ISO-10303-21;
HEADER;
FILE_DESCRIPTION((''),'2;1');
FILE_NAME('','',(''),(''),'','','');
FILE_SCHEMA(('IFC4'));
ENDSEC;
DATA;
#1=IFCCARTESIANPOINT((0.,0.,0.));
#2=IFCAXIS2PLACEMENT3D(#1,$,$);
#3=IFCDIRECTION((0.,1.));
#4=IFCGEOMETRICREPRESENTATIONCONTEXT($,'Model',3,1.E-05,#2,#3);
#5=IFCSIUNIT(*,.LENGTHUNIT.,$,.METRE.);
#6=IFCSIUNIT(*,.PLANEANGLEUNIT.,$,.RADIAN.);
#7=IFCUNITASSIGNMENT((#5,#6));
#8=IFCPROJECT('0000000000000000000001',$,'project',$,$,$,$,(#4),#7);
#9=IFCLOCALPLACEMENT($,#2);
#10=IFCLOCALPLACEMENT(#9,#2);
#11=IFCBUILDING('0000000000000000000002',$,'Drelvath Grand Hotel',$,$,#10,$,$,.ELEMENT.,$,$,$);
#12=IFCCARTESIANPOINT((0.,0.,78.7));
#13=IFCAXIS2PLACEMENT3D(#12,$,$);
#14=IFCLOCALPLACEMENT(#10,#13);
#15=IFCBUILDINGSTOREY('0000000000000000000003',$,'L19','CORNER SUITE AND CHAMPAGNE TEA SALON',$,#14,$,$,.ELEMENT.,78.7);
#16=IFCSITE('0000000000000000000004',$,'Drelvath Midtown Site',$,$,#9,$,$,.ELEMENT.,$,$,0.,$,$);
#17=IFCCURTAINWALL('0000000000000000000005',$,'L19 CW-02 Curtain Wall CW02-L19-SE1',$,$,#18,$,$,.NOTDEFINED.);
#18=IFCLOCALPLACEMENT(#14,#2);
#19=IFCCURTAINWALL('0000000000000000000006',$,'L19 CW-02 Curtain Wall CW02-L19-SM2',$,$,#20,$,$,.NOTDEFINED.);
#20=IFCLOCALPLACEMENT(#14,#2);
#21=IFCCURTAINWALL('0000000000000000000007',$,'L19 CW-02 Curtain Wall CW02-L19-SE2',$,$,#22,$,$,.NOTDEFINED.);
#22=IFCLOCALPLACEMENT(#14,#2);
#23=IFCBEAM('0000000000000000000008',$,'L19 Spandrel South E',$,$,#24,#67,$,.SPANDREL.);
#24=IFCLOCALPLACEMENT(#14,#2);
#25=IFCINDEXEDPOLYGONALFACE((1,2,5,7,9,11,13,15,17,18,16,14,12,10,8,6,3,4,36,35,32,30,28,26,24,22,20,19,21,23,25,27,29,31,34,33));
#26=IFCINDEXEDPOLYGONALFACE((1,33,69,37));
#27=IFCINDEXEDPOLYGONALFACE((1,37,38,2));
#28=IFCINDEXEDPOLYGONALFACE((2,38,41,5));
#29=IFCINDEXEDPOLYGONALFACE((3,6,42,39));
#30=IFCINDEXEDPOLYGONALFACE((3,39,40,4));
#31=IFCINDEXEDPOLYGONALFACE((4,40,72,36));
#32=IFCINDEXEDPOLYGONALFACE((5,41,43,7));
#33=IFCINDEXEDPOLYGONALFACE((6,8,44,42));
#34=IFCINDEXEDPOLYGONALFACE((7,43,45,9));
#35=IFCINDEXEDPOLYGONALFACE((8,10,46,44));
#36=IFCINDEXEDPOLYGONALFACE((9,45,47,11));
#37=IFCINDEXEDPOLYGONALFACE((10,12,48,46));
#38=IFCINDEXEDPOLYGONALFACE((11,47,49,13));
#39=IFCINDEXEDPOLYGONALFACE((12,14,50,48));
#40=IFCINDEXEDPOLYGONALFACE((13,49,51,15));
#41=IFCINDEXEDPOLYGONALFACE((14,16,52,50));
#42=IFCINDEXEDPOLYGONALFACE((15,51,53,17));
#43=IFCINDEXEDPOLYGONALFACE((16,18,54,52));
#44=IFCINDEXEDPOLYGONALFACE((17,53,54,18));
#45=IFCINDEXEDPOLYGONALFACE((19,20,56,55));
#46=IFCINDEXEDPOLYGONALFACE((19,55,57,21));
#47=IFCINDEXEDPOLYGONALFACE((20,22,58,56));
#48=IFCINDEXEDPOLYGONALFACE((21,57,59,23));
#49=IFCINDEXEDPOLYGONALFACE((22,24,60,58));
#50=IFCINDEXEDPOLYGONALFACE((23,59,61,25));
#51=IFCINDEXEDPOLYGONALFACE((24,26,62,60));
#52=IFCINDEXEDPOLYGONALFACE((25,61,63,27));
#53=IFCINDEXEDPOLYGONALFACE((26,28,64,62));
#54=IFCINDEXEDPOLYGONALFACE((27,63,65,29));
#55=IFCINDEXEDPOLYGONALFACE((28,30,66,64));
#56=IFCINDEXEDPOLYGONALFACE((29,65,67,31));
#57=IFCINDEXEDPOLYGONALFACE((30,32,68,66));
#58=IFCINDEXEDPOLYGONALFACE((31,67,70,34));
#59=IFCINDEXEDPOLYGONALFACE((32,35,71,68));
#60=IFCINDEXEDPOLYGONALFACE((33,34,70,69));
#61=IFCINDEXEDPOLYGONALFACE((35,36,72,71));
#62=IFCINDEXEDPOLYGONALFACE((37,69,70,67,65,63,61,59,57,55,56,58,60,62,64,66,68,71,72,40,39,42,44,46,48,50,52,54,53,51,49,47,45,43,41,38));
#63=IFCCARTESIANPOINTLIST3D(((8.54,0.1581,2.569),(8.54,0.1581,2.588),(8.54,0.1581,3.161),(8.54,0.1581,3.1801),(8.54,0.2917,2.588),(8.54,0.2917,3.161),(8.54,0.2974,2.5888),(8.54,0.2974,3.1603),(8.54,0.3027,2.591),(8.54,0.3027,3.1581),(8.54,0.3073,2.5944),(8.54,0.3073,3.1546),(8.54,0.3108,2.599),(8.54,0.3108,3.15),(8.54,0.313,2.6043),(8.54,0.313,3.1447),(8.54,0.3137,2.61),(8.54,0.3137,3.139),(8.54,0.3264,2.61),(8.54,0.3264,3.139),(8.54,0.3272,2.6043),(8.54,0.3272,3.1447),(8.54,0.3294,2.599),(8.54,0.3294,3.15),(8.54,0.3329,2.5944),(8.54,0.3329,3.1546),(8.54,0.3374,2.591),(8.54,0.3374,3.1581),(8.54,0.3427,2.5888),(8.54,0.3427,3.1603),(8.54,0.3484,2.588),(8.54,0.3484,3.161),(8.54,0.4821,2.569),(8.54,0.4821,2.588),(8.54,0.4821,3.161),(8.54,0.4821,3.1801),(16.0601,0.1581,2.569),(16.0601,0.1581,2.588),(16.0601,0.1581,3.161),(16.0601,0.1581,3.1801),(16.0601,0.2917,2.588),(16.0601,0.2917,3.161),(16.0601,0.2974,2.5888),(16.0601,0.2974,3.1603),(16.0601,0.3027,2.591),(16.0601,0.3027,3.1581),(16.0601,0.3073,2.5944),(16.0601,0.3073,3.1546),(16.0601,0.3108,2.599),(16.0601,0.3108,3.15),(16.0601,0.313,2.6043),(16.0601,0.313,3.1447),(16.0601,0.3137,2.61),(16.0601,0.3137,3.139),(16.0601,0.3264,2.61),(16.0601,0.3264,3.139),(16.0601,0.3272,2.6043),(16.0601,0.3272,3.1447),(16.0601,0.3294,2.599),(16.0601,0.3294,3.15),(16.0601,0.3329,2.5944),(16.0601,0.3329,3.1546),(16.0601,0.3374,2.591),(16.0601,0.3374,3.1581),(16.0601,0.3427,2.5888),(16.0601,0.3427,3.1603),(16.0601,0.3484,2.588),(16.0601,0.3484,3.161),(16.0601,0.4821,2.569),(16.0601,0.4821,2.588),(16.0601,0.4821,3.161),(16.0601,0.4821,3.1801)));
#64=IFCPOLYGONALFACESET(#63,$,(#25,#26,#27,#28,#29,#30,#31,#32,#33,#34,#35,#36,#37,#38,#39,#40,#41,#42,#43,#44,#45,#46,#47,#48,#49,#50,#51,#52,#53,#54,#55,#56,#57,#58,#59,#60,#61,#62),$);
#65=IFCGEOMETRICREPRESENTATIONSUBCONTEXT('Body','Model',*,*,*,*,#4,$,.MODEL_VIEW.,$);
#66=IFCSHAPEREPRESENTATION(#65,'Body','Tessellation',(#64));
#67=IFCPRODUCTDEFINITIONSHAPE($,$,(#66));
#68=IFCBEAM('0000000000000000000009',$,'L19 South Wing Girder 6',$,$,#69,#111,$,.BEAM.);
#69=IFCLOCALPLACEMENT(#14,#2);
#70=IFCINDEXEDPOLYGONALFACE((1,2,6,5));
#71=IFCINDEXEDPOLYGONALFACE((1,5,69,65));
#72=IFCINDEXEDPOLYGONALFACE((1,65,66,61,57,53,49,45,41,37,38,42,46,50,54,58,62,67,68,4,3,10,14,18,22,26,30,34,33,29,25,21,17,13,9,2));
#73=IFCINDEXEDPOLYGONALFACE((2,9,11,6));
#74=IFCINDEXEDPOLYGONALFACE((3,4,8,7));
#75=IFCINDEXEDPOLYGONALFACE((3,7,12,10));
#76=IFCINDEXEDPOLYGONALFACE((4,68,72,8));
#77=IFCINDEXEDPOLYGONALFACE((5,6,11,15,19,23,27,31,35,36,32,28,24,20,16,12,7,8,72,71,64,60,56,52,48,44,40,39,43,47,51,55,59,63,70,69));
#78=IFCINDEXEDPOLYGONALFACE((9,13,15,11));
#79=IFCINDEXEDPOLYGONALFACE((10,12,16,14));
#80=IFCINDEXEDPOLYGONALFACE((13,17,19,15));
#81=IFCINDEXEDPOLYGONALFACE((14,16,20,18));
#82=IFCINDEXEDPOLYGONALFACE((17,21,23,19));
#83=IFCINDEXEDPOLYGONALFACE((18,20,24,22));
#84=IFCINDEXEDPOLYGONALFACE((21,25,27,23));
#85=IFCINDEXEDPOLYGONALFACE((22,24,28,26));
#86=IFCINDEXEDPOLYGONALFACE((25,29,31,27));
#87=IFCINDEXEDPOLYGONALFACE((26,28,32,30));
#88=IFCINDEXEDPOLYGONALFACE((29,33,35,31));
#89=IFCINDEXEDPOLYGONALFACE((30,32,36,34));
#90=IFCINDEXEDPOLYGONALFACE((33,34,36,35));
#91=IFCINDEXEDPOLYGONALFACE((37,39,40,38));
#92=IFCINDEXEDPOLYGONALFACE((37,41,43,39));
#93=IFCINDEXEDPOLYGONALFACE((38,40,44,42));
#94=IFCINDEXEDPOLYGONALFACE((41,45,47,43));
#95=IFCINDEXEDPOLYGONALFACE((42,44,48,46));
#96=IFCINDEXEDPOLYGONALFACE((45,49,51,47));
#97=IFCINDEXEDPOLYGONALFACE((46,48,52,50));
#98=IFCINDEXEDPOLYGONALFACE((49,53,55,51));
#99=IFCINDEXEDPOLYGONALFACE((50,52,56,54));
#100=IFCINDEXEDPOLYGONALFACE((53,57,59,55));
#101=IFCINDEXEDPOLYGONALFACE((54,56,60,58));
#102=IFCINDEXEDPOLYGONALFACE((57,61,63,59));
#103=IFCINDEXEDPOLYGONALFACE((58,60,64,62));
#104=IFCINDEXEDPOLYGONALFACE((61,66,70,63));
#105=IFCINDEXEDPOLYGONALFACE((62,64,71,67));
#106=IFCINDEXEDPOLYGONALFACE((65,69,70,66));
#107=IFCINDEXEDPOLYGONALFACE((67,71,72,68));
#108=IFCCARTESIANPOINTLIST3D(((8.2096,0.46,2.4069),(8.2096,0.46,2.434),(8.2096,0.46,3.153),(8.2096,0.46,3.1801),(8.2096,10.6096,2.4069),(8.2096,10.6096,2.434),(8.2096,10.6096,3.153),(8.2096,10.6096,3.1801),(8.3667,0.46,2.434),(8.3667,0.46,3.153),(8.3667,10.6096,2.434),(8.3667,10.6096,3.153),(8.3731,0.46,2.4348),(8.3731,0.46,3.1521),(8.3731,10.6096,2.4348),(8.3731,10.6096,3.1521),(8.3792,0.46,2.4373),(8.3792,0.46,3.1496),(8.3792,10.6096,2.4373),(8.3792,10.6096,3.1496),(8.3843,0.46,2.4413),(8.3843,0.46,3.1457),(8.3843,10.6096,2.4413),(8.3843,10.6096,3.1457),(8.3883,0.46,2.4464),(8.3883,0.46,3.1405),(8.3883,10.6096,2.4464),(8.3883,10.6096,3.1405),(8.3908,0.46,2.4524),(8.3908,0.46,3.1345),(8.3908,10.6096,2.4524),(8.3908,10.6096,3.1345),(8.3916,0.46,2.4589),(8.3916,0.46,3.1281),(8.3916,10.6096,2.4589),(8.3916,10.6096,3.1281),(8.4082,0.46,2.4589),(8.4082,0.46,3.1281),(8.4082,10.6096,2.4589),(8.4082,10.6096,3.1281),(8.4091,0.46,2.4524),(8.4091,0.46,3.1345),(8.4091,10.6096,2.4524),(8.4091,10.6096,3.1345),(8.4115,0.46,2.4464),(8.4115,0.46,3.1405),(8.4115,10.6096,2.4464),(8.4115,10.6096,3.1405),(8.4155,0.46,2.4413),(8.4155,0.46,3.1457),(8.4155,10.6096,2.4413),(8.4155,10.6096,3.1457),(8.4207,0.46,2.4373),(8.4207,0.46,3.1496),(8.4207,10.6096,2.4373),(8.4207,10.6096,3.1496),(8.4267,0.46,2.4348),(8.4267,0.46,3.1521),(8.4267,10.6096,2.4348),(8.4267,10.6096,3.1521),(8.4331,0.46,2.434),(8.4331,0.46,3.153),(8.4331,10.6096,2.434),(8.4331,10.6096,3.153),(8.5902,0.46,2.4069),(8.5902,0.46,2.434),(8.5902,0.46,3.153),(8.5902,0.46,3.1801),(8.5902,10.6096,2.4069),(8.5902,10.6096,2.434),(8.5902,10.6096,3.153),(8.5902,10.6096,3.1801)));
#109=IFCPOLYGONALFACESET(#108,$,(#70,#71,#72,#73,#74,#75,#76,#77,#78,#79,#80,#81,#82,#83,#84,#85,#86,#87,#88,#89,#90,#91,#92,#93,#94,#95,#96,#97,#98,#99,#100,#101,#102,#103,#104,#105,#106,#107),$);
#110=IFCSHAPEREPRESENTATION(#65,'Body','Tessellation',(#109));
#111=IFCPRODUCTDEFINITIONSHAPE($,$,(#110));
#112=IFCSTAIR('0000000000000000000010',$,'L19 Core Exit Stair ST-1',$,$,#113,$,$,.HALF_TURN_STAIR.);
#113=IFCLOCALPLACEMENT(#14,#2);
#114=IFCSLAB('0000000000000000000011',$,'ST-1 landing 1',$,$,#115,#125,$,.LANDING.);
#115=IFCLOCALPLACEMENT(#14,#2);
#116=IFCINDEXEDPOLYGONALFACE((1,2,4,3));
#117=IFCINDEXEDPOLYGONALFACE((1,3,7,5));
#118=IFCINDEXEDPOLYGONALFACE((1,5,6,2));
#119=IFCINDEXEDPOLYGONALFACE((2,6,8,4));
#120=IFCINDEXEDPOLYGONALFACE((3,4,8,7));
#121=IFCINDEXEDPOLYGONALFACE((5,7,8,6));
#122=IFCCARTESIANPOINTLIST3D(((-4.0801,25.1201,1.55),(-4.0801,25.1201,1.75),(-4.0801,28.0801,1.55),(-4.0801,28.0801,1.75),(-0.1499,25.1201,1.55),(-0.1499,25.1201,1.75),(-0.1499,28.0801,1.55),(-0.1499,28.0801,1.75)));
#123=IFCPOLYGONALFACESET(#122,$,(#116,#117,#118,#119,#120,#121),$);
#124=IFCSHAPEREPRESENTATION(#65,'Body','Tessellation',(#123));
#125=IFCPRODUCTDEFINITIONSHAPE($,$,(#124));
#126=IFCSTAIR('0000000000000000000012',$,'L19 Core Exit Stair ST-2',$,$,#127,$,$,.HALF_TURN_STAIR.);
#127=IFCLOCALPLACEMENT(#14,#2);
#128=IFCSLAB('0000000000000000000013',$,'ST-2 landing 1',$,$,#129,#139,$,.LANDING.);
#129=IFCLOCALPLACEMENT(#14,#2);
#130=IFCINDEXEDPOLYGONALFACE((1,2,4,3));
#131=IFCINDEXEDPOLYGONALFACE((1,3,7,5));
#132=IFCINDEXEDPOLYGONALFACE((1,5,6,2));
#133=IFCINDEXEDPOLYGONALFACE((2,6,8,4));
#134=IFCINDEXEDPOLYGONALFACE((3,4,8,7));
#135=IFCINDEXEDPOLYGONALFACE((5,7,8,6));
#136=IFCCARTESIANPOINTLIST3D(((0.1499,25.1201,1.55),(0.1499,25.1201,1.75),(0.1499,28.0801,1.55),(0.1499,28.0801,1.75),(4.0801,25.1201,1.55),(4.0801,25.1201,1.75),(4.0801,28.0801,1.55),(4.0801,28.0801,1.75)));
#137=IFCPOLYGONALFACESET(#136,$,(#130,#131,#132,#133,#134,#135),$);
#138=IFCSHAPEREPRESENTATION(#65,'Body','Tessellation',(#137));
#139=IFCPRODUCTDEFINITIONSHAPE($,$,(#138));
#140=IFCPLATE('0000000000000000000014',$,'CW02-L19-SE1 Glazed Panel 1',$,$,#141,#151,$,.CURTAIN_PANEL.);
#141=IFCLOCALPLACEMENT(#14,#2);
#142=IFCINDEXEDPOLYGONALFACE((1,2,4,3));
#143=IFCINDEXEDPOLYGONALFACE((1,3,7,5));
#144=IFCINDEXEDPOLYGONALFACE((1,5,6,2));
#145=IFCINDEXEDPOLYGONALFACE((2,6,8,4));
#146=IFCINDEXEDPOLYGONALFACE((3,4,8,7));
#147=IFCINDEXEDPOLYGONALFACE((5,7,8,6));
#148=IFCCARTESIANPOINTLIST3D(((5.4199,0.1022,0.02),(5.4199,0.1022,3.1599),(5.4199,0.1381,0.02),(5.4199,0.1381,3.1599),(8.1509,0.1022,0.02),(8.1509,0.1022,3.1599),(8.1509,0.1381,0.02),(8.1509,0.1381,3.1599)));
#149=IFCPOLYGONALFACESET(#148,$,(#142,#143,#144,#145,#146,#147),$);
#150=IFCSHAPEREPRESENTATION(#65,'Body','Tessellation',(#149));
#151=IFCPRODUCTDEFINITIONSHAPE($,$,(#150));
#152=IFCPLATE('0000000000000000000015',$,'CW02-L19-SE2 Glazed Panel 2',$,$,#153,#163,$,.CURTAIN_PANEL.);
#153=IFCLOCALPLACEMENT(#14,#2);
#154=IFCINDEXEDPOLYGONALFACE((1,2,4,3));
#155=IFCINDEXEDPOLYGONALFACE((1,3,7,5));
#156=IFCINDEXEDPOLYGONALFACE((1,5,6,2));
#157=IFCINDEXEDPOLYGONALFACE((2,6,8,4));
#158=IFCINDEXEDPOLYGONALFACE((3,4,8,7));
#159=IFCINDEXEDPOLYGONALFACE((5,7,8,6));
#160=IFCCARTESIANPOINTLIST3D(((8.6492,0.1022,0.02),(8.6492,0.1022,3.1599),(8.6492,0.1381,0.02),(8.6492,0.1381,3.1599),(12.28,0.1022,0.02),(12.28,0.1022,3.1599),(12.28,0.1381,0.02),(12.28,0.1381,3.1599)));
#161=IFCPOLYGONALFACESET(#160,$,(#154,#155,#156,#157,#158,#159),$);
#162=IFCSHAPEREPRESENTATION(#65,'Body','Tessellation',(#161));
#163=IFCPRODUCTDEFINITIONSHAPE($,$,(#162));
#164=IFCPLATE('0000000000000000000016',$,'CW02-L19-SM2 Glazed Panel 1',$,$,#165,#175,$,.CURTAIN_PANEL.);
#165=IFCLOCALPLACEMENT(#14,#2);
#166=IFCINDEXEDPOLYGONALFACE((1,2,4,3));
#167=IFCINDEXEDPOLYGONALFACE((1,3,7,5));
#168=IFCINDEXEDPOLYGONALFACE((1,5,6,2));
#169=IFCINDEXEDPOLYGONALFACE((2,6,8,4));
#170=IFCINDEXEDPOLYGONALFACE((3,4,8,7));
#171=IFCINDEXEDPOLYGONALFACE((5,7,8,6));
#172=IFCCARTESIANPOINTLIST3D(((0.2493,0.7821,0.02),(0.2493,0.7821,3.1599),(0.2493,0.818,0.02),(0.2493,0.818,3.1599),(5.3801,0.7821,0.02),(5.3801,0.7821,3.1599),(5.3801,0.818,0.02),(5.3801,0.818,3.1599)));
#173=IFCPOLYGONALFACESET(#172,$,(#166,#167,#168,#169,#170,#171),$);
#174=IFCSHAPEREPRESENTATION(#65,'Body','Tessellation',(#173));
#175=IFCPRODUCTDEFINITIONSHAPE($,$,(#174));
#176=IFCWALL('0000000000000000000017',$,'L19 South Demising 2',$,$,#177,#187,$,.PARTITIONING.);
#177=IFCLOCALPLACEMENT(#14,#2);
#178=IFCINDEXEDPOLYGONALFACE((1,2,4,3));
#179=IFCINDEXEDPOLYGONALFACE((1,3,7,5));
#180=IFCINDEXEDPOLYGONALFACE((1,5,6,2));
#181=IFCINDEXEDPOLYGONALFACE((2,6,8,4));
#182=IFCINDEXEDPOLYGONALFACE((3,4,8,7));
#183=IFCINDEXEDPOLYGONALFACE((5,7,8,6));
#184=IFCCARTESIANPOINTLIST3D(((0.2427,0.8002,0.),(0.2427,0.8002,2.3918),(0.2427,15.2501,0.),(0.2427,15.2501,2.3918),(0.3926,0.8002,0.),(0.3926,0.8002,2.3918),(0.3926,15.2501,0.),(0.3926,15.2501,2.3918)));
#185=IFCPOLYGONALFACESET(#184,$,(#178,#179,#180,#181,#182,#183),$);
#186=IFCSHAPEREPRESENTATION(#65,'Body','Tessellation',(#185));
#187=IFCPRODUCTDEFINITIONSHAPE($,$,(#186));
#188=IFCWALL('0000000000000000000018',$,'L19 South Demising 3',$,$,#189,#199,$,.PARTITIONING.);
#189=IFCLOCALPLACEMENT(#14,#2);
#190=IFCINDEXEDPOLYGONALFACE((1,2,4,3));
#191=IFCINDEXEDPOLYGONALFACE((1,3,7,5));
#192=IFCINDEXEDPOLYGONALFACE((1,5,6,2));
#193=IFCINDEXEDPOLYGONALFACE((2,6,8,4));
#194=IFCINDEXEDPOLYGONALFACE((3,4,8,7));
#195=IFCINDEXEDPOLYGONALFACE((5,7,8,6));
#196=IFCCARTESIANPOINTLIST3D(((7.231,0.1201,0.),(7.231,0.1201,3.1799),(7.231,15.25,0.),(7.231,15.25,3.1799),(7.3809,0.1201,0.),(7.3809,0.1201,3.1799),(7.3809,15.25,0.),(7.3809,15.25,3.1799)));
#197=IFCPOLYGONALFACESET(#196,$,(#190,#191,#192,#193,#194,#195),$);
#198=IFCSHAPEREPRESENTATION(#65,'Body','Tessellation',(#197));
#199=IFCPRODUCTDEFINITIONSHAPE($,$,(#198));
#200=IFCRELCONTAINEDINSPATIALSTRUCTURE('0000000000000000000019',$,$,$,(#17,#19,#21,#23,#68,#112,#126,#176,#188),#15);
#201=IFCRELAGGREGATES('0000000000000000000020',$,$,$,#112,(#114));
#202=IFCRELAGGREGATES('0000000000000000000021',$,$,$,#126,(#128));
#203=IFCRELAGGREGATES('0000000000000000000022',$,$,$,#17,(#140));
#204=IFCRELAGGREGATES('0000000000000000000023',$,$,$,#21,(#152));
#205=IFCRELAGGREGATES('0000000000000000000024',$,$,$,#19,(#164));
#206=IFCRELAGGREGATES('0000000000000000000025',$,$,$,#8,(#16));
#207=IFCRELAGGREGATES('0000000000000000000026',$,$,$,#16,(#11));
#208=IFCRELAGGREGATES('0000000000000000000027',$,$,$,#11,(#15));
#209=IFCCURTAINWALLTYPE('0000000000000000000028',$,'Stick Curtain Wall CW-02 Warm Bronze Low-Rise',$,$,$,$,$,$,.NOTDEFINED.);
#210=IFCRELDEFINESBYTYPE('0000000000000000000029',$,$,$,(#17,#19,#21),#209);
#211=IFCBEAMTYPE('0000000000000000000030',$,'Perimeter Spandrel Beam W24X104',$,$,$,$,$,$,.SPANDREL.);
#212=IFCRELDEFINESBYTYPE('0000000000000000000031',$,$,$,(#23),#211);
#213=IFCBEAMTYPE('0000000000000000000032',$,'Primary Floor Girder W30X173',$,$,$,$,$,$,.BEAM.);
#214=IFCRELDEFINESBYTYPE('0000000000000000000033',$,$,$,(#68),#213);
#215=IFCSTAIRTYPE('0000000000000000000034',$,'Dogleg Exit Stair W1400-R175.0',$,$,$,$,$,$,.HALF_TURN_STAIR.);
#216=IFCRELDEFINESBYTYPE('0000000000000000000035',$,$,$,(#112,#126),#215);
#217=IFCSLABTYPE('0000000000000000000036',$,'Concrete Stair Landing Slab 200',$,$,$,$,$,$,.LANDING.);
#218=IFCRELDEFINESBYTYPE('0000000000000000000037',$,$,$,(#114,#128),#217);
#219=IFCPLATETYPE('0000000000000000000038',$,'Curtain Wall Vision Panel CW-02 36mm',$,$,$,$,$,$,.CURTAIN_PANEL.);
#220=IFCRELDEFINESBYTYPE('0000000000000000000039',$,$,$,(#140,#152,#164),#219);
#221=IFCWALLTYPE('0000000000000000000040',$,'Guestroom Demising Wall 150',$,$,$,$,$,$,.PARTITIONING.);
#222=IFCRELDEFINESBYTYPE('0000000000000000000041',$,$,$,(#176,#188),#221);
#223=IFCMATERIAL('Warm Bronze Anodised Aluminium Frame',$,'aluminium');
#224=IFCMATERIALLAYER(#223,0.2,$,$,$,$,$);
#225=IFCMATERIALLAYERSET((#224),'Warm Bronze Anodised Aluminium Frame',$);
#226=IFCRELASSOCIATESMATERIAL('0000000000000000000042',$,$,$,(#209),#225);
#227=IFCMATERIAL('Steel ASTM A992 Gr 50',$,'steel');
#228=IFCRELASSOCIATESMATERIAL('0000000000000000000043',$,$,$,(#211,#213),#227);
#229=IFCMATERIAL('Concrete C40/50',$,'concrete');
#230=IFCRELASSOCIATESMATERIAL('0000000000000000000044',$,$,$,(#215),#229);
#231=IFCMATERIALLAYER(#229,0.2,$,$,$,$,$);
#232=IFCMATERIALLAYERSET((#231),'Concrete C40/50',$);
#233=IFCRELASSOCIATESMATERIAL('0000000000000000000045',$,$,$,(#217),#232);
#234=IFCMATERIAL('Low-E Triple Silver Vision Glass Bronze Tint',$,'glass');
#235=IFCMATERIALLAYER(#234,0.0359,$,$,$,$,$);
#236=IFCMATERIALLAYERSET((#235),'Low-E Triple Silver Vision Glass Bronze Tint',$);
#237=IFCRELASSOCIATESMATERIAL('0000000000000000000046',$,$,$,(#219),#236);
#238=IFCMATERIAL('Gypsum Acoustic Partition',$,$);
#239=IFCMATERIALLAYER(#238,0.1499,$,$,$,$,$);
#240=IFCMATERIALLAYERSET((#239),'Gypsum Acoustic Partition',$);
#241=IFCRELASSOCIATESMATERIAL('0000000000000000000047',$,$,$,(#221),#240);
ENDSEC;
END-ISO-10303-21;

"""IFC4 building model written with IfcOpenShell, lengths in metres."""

from ifc_helpers import new_model, si_unit, direction, frame, frame_2d, origin, origin_2d, place, context, subcontext, project, spatial, polyline, rectangle, i_section, outline, extrude, material, layer, layer_set, material_profile, profile_set, type_object, element, aggregate, save


model = new_model("IFC4")

# Units and contexts
model_context = context("Model", 3, precision=1e-05, world=origin(), true_north=direction((0.0, 1.0)))
body_context = subcontext(model_context, "Body", "Model", "MODEL_VIEW")
ifc_project = project(units=[si_unit("LENGTHUNIT", "METRE"), si_unit("PLANEANGLEUNIT", "RADIAN")], contexts=[model_context])

# Site, building, storey
site_placement = place(None, origin())
site = spatial("IfcSite", under=ifc_project, at=site_placement, Name="Drelvath Midtown Site", CompositionType="ELEMENT", RefElevation=0.0)
building_placement = place(site_placement, origin())
building = spatial("IfcBuilding", under=site, at=building_placement, Name="Drelvath Grand Hotel", CompositionType="ELEMENT")
storey_placement = place(building_placement, frame((0.0, 0.0, 78.7)))
storey = spatial("IfcBuildingStorey", under=building, at=storey_placement, Name="L19", Description="CORNER SUITE AND CHAMPAGNE TEA SALON", CompositionType="ELEMENT", Elevation=78.7)

# Curtain walls
ifc_material_1 = material(Name="Warm Bronze Anodised Aluminium Frame", Category="aluminium")
ifc_layer_1 = layer(ifc_material_1, 0.2)
ifc_layer_set_1 = layer_set([ifc_layer_1], Name="Warm Bronze Anodised Aluminium Frame")
curtain_wall_type = type_object("IfcCurtainWallType", Name="Stick Curtain Wall CW-02 Warm Bronze Low-Rise", PredefinedType="NOTDEFINED", material=ifc_layer_set_1)
curtain_wall_1_placement = place(storey_placement, origin())
curtain_wall_1 = element("IfcCurtainWall", 1, at=curtain_wall_1_placement, inside=storey, type_object=curtain_wall_type, Name="L19 CW-02 Curtain Wall CW02-L19-SE1", PredefinedType="NOTDEFINED")
curtain_wall_2_placement = place(storey_placement, origin())
curtain_wall_2 = element("IfcCurtainWall", 2, at=curtain_wall_2_placement, inside=storey, type_object=curtain_wall_type, Name="L19 CW-02 Curtain Wall CW02-L19-SM2", PredefinedType="NOTDEFINED")

# Curtain wall
curtain_wall_3_placement = place(storey_placement, origin())
curtain_wall_3 = element("IfcCurtainWall", 3, at=curtain_wall_3_placement, inside=storey, type_object=curtain_wall_type, Name="L19 CW-02 Curtain Wall CW02-L19-SE2", PredefinedType="NOTDEFINED")

# Beams
ifc_material_2 = material(Name="Steel ASTM A992 Gr 50", Category="steel")
ifc_material_profile_1 = material_profile(ifc_material_2, i_section(OverallWidth=0.324, OverallDepth=0.6111, WebThickness=0.0127, FlangeThickness=0.019, FilletRadius=0.022, at=origin_2d()), Name="W24X104")
ifc_profile_set_1 = profile_set([ifc_material_profile_1], Name="Steel ASTM A992 Gr 50")
beam_type_1 = type_object("IfcBeamType", Name="Perimeter Spandrel Beam W24X104", PredefinedType="SPANDREL", material=ifc_profile_set_1)
beam_1_placement = place(storey_placement, frame((8.54, 0.3201, 2.8745), z_axis=(1.0, 0.0, 0.0), x_axis=(0.0, 1.0, 0.0)))
element("IfcBeam", 4, at=beam_1_placement, inside=storey, type_object=beam_type_1, Name="L19 Spandrel South E", PredefinedType="SPANDREL", context=body_context, shape_type="SweptSolid", body=[
    extrude(i_section(OverallWidth=0.324, OverallDepth=0.6111, WebThickness=0.0127, FlangeThickness=0.019, FilletRadius=0.022, at=origin_2d()), origin(), (0.0, 0.0, 1.0), 7.52),
])
ifc_material_profile_2 = material_profile(ifc_material_2, i_section(OverallWidth=0.3806, OverallDepth=0.7732, WebThickness=0.0166, FlangeThickness=0.0271, FilletRadius=0.0249, at=origin_2d()), Name="W30X173")
ifc_profile_set_2 = profile_set([ifc_material_profile_2], Name="Steel ASTM A992 Gr 50")
beam_type_2 = type_object("IfcBeamType", Name="Primary Floor Girder W30X173", PredefinedType="BEAM", material=ifc_profile_set_2)
beam_2_placement = place(storey_placement, frame((8.3999, 0.46, 2.7935), z_axis=(0.0, 1.0, 0.0), x_axis=(-1.0, 0.0, 0.0)))
element("IfcBeam", 5, at=beam_2_placement, inside=storey, type_object=beam_type_2, Name="L19 South Wing Girder 6", PredefinedType="BEAM", context=body_context, shape_type="SweptSolid", body=[
    extrude(i_section(OverallWidth=0.3806, OverallDepth=0.7732, WebThickness=0.0166, FlangeThickness=0.0271, FilletRadius=0.0249, at=origin_2d()), origin(), (0.0, 0.0, 1.0), 10.1497),
])

# Stairs, slabs
ifc_material_3 = material(Name="Concrete C40/50", Category="concrete")
stair_type = type_object("IfcStairType", Name="Dogleg Exit Stair W1400-R175.0", PredefinedType="HALF_TURN_STAIR", material=ifc_material_3)
stair_1_placement = place(storey_placement, origin())
stair_1 = element("IfcStair", 6, at=stair_1_placement, inside=storey, type_object=stair_type, Name="L19 Core Exit Stair ST-1", PredefinedType="HALF_TURN_STAIR")
ifc_layer_2 = layer(ifc_material_3, 0.2)
ifc_layer_set_2 = layer_set([ifc_layer_2], Name="Concrete C40/50")
slab_type = type_object("IfcSlabType", Name="Concrete Stair Landing Slab 200", PredefinedType="LANDING", material=ifc_layer_set_2)
slab_1_placement = place(storey_placement, frame((0.0, 0.0, 1.55)))
slab_1 = element("IfcSlab", 7, at=slab_1_placement, type_object=slab_type, Name="ST-1 landing 1", PredefinedType="LANDING", context=body_context, shape_type="SweptSolid", body=[
    extrude(outline(polyline([(-4.0801, 25.1201), (-0.1499, 25.1201), (-0.1499, 28.0801), (-4.0801, 28.0801), (-4.0801, 25.1201)])), origin(), (0.0, 0.0, 1.0), 0.2),
])
aggregate(stair_1, [slab_1])
stair_2_placement = place(storey_placement, origin())
stair_2 = element("IfcStair", 8, at=stair_2_placement, inside=storey, type_object=stair_type, Name="L19 Core Exit Stair ST-2", PredefinedType="HALF_TURN_STAIR")
slab_2_placement = place(storey_placement, frame((0.0, 0.0, 1.55)))
slab_2 = element("IfcSlab", 9, at=slab_2_placement, type_object=slab_type, Name="ST-2 landing 1", PredefinedType="LANDING", context=body_context, shape_type="SweptSolid", body=[
    extrude(outline(polyline([(4.0801, 28.0801), (0.1499, 28.0801), (0.1499, 25.1201), (4.0801, 25.1201), (4.0801, 28.0801)])), origin(), (0.0, 0.0, 1.0), 0.2),
])
aggregate(stair_2, [slab_2])

# Plates
ifc_material_4 = material(Name="Low-E Triple Silver Vision Glass Bronze Tint", Category="glass")
ifc_layer_3 = layer(ifc_material_4, 0.0359)
ifc_layer_set_3 = layer_set([ifc_layer_3], Name="Low-E Triple Silver Vision Glass Bronze Tint")
plate_type = type_object("IfcPlateType", Name="Curtain Wall Vision Panel CW-02 36mm", PredefinedType="CURTAIN_PANEL", material=ifc_layer_set_3)
plate_1_placement = place(storey_placement, frame((6.7854, 0.1201, 0.02), z_axis=(0.0, 0.0, 1.0), x_axis=(-1.0, 0.0, 0.0)))
plate_1 = element("IfcPlate", 10, at=plate_1_placement, type_object=plate_type, Name="CW02-L19-SE1 Glazed Panel 1", PredefinedType="CURTAIN_PANEL", context=body_context, shape_type="SweptSolid", body=[
    extrude(rectangle(XDim=2.731, YDim=0.0359, at=origin_2d()), origin(), (0.0, 0.0, 1.0), 3.1399),
])
aggregate(curtain_wall_1, [plate_1])
plate_2_placement = place(storey_placement, frame((10.4646, 0.1201, 0.02), z_axis=(0.0, 0.0, 1.0), x_axis=(-1.0, 0.0, 0.0)))
plate_2 = element("IfcPlate", 11, at=plate_2_placement, type_object=plate_type, Name="CW02-L19-SE2 Glazed Panel 2", PredefinedType="CURTAIN_PANEL", context=body_context, shape_type="SweptSolid", body=[
    extrude(rectangle(XDim=3.6309, YDim=0.0359, at=origin_2d()), origin(), (0.0, 0.0, 1.0), 3.1399),
])
aggregate(curtain_wall_3, [plate_2])
plate_3_placement = place(storey_placement, frame((2.8147, 0.8, 0.02), z_axis=(0.0, 0.0, 1.0), x_axis=(-1.0, 0.0, 0.0)))
plate_3 = element("IfcPlate", 12, at=plate_3_placement, type_object=plate_type, Name="CW02-L19-SM2 Glazed Panel 1", PredefinedType="CURTAIN_PANEL", context=body_context, shape_type="SweptSolid", body=[
    extrude(rectangle(XDim=5.1309, YDim=0.0359, at=origin_2d()), origin(), (0.0, 0.0, 1.0), 3.1399),
])
aggregate(curtain_wall_2, [plate_3])

# Walls
ifc_material_5 = material(Name="Gypsum Acoustic Partition")
ifc_layer_4 = layer(ifc_material_5, 0.1499)
ifc_layer_set_4 = layer_set([ifc_layer_4], Name="Gypsum Acoustic Partition")
wall_type_1 = type_object("IfcWallType", Name="Guestroom Demising Wall 150", PredefinedType="PARTITIONING", material=ifc_layer_set_4)
wall_1_placement = place(storey_placement, frame((0.3176, 0.8, 0.0), z_axis=(0.0, 0.0, 1.0), x_axis=(0.0, 1.0, 0.0)))
element("IfcWall", 13, at=wall_1_placement, inside=storey, type_object=wall_type_1, Name="L19 South Demising 2", PredefinedType="PARTITIONING", context=body_context, shape_type="SweptSolid", body=[
    extrude(rectangle(XDim=14.45, YDim=0.1499, at=frame_2d((7.2251, 0.0))), origin(), (0.0, 0.0, 1.0), 2.3918),
])
wall_2_placement = place(storey_placement, frame((7.3059, 0.1201, 0.0), z_axis=(0.0, 0.0, 1.0), x_axis=(0.0, 1.0, 0.0)))
element("IfcWall", 14, at=wall_2_placement, inside=storey, type_object=wall_type_1, Name="L19 South Demising 3", PredefinedType="PARTITIONING", context=body_context, shape_type="SweptSolid", body=[
    extrude(rectangle(XDim=15.1299, YDim=0.1499, at=frame_2d((7.5649, 0.0))), origin(), (0.0, 0.0, 1.0), 3.1799),
])

save(model, "model.ifc")
